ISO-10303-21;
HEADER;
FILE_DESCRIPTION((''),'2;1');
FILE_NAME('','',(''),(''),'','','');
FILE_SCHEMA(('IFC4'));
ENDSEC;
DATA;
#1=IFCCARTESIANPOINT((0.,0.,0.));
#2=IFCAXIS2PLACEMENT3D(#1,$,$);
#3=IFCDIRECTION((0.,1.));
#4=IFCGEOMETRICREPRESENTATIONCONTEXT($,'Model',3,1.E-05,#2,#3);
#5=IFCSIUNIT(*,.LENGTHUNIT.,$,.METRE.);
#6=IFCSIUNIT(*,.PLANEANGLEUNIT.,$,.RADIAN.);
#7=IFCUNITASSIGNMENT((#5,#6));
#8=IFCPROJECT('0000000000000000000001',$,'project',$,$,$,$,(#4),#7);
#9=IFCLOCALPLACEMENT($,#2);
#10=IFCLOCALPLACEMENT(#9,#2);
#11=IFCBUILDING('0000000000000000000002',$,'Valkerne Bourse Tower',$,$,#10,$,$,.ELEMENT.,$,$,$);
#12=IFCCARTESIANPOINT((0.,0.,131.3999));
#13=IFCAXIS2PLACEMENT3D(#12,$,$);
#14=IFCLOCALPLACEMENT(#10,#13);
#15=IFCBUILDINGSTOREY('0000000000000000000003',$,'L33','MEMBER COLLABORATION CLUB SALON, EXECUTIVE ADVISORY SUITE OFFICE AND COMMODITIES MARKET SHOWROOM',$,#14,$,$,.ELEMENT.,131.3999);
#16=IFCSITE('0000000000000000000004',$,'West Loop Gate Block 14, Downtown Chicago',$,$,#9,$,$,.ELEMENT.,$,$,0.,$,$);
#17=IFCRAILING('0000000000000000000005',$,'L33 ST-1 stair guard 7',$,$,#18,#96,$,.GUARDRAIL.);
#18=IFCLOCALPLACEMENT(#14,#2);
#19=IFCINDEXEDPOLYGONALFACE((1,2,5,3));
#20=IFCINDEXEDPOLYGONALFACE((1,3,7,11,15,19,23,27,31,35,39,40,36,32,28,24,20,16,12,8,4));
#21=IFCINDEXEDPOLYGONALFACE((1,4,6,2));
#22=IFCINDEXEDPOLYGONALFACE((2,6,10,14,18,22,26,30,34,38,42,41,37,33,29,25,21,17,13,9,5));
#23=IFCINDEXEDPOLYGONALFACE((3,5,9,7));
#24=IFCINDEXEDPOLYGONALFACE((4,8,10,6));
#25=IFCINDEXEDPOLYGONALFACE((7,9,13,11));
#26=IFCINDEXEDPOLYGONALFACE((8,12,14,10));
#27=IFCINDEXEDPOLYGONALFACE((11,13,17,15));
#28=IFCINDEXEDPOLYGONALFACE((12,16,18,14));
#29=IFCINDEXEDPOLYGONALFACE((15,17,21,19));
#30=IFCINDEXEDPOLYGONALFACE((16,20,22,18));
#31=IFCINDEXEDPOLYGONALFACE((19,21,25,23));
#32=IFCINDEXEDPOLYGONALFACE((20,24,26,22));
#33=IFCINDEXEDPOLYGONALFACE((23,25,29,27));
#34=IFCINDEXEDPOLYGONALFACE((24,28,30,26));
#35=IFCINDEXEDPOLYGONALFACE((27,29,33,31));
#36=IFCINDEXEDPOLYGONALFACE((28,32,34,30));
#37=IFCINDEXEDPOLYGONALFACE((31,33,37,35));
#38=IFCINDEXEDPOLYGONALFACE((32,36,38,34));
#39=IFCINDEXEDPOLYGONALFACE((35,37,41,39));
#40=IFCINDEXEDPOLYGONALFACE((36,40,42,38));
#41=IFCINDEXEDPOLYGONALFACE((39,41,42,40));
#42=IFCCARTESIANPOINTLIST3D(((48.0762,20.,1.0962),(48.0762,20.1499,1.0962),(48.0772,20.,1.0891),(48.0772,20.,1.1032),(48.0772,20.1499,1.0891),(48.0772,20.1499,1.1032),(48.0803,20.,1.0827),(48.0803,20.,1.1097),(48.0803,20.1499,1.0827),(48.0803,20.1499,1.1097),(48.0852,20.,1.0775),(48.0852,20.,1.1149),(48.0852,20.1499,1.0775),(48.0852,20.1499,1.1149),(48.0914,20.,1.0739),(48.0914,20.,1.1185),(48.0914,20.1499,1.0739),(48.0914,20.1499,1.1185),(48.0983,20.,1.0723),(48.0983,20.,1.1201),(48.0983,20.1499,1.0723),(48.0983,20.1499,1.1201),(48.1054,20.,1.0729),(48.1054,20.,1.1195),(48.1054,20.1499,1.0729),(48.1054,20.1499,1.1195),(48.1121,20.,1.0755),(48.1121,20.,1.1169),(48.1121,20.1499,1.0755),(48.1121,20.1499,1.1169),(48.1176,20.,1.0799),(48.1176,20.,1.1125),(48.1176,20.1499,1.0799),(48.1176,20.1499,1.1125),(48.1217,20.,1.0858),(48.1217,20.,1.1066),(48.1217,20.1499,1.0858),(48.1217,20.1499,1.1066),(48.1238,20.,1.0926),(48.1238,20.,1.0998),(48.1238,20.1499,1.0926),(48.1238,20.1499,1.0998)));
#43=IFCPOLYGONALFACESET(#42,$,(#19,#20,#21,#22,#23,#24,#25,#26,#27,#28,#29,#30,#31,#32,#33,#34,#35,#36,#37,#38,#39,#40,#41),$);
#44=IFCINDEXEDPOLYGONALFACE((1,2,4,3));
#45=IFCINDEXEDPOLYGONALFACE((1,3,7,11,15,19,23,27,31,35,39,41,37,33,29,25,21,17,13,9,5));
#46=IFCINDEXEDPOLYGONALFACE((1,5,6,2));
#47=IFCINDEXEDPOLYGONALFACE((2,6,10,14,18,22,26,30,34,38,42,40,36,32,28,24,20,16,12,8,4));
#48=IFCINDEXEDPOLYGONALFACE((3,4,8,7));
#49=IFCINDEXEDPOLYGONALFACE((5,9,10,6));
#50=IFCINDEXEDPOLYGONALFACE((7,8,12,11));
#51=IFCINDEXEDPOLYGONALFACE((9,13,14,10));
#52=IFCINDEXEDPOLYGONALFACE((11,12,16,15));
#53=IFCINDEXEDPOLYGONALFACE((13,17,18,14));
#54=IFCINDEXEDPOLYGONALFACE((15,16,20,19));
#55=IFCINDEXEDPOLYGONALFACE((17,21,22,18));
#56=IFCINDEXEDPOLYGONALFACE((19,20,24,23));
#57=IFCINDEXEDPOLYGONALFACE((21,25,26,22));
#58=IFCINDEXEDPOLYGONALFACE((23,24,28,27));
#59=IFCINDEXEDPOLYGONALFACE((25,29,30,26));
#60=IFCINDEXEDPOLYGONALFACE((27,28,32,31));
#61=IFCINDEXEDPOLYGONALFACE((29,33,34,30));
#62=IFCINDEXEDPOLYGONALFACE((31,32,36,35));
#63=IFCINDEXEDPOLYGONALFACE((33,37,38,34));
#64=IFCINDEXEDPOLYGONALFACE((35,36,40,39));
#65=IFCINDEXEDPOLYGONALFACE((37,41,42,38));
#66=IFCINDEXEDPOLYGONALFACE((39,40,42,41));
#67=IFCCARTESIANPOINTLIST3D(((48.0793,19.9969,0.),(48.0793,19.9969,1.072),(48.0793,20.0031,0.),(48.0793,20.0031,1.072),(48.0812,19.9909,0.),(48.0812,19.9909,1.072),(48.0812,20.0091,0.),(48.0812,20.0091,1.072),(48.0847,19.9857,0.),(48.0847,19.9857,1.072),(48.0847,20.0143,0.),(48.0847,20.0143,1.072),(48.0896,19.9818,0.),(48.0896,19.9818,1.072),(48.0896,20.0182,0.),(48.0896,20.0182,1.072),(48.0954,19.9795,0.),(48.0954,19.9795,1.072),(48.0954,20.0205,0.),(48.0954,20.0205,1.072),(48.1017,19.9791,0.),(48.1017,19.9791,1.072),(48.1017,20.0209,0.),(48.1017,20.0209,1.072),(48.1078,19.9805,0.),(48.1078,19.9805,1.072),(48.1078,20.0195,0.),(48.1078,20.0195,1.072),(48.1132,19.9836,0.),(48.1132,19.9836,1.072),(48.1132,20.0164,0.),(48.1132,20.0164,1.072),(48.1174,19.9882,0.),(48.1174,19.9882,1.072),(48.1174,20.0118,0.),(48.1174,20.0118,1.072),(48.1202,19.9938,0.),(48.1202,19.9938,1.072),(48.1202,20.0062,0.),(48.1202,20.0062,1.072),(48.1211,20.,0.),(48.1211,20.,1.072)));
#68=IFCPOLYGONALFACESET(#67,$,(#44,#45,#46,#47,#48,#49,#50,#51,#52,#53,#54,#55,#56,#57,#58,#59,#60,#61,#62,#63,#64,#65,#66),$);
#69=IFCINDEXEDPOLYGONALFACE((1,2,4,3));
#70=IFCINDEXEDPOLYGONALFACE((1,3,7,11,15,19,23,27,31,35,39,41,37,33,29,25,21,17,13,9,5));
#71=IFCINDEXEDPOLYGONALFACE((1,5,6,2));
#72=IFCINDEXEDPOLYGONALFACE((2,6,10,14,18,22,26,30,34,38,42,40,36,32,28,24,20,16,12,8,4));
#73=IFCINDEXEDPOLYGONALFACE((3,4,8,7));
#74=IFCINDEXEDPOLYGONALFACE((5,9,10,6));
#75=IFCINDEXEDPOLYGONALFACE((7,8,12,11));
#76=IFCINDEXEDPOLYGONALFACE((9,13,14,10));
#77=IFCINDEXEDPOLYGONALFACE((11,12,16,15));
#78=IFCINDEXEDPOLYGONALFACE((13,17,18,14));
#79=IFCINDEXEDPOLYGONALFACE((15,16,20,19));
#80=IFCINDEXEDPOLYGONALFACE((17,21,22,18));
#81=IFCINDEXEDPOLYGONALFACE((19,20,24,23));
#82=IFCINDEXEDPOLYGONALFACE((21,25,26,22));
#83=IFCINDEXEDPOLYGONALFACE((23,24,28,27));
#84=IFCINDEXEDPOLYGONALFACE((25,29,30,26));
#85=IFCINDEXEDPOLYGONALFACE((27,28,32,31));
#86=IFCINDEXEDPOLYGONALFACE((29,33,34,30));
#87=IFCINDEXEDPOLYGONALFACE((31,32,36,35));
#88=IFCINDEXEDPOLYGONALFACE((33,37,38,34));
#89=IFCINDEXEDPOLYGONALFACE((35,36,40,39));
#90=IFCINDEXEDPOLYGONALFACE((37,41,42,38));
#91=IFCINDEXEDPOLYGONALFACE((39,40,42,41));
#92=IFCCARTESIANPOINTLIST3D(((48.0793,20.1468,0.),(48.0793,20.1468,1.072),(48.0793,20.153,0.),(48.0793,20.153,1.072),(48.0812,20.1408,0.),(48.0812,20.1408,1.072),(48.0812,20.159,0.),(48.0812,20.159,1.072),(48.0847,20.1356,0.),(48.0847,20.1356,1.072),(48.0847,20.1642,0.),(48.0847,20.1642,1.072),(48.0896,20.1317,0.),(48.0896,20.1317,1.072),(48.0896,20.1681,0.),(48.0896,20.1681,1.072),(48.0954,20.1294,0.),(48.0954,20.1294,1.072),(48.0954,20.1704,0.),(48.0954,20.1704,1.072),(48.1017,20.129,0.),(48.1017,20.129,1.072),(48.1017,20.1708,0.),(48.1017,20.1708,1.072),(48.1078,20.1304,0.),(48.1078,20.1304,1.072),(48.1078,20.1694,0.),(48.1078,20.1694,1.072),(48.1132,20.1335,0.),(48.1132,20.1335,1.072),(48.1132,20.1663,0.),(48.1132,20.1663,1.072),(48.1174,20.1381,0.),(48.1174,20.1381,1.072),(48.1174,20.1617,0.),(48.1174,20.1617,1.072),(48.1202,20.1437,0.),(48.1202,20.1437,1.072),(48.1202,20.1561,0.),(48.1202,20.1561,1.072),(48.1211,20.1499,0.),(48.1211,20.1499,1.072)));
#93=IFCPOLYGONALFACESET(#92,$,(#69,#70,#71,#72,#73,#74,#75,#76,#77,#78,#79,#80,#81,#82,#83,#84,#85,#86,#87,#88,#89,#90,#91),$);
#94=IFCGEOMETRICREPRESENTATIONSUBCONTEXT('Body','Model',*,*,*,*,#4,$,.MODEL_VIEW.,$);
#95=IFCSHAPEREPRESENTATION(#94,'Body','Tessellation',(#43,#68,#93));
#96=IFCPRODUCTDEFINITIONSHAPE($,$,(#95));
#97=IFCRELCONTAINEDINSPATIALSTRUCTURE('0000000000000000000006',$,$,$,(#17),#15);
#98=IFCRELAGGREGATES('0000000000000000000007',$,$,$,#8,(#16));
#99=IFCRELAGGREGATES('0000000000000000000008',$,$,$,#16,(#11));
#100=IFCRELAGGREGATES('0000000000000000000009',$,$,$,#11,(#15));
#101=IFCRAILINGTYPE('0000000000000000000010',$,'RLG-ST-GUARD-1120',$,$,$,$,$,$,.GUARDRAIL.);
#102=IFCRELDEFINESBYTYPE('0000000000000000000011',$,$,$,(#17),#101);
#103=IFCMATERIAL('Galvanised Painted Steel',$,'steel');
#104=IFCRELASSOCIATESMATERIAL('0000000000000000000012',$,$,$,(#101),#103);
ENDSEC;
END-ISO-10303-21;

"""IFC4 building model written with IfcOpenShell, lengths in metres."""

from ifc_helpers import new_model, si_unit, direction, frame, origin, origin_2d, place, context, subcontext, project, spatial, circle, extrude, material, type_object, element, save


model = new_model("IFC4")

# Units and contexts
model_context = context("Model", 3, precision=1e-05, world=origin(), true_north=direction((0.0, 1.0)))
body_context = subcontext(model_context, "Body", "Model", "MODEL_VIEW")
ifc_project = project(units=[si_unit("LENGTHUNIT", "METRE"), si_unit("PLANEANGLEUNIT", "RADIAN")], contexts=[model_context])

# Site, building, storey
site_placement = place(None, origin())
site = spatial("IfcSite", under=ifc_project, at=site_placement, Name="West Loop Gate Block 14, Downtown Chicago", CompositionType="ELEMENT", RefElevation=0.0)
building_placement = place(site_placement, origin())
building = spatial("IfcBuilding", under=site, at=building_placement, Name="Valkerne Bourse Tower", CompositionType="ELEMENT")
storey_placement = place(building_placement, frame((0.0, 0.0, 131.3999)))
storey = spatial("IfcBuildingStorey", under=building, at=storey_placement, Name="L33", Description="MEMBER COLLABORATION CLUB SALON, EXECUTIVE ADVISORY SUITE OFFICE AND COMMODITIES MARKET SHOWROOM", CompositionType="ELEMENT", Elevation=131.3999)

# Shared definitions
ifc_material_1 = material(Name="Galvanised Painted Steel", Category="steel")

# Railing
railing_type_1 = type_object("IfcRailingType", Name="RLG-ST-GUARD-1120", PredefinedType="GUARDRAIL", material=ifc_material_1)
railing_1_placement = place(storey_placement, frame((48.1001, 20.0, 0.0)))
element("IfcRailing", 1, at=railing_1_placement, inside=storey, type_object=railing_type_1, Name="L33 ST-1 stair guard 7", PredefinedType="GUARDRAIL", context=body_context, shape_type="SweptSolid", body=[
    extrude(circle(Radius=0.0239, at=origin_2d()), frame((0.0, 0.0, 1.0962), z_axis=(0.0, 1.0, 0.0), x_axis=(-1.0, 0.0, 0.0)), (0.0, 0.0, 1.0), 0.1499),
    extrude(circle(Radius=0.021, at=origin_2d()), origin(), (0.0, 0.0, 1.0), 1.072),
    extrude(circle(Radius=0.021, at=origin_2d()), frame((0.0, 0.1499, 0.0)), (0.0, 0.0, 1.0), 1.072),
])

save(model, "model.ifc")
